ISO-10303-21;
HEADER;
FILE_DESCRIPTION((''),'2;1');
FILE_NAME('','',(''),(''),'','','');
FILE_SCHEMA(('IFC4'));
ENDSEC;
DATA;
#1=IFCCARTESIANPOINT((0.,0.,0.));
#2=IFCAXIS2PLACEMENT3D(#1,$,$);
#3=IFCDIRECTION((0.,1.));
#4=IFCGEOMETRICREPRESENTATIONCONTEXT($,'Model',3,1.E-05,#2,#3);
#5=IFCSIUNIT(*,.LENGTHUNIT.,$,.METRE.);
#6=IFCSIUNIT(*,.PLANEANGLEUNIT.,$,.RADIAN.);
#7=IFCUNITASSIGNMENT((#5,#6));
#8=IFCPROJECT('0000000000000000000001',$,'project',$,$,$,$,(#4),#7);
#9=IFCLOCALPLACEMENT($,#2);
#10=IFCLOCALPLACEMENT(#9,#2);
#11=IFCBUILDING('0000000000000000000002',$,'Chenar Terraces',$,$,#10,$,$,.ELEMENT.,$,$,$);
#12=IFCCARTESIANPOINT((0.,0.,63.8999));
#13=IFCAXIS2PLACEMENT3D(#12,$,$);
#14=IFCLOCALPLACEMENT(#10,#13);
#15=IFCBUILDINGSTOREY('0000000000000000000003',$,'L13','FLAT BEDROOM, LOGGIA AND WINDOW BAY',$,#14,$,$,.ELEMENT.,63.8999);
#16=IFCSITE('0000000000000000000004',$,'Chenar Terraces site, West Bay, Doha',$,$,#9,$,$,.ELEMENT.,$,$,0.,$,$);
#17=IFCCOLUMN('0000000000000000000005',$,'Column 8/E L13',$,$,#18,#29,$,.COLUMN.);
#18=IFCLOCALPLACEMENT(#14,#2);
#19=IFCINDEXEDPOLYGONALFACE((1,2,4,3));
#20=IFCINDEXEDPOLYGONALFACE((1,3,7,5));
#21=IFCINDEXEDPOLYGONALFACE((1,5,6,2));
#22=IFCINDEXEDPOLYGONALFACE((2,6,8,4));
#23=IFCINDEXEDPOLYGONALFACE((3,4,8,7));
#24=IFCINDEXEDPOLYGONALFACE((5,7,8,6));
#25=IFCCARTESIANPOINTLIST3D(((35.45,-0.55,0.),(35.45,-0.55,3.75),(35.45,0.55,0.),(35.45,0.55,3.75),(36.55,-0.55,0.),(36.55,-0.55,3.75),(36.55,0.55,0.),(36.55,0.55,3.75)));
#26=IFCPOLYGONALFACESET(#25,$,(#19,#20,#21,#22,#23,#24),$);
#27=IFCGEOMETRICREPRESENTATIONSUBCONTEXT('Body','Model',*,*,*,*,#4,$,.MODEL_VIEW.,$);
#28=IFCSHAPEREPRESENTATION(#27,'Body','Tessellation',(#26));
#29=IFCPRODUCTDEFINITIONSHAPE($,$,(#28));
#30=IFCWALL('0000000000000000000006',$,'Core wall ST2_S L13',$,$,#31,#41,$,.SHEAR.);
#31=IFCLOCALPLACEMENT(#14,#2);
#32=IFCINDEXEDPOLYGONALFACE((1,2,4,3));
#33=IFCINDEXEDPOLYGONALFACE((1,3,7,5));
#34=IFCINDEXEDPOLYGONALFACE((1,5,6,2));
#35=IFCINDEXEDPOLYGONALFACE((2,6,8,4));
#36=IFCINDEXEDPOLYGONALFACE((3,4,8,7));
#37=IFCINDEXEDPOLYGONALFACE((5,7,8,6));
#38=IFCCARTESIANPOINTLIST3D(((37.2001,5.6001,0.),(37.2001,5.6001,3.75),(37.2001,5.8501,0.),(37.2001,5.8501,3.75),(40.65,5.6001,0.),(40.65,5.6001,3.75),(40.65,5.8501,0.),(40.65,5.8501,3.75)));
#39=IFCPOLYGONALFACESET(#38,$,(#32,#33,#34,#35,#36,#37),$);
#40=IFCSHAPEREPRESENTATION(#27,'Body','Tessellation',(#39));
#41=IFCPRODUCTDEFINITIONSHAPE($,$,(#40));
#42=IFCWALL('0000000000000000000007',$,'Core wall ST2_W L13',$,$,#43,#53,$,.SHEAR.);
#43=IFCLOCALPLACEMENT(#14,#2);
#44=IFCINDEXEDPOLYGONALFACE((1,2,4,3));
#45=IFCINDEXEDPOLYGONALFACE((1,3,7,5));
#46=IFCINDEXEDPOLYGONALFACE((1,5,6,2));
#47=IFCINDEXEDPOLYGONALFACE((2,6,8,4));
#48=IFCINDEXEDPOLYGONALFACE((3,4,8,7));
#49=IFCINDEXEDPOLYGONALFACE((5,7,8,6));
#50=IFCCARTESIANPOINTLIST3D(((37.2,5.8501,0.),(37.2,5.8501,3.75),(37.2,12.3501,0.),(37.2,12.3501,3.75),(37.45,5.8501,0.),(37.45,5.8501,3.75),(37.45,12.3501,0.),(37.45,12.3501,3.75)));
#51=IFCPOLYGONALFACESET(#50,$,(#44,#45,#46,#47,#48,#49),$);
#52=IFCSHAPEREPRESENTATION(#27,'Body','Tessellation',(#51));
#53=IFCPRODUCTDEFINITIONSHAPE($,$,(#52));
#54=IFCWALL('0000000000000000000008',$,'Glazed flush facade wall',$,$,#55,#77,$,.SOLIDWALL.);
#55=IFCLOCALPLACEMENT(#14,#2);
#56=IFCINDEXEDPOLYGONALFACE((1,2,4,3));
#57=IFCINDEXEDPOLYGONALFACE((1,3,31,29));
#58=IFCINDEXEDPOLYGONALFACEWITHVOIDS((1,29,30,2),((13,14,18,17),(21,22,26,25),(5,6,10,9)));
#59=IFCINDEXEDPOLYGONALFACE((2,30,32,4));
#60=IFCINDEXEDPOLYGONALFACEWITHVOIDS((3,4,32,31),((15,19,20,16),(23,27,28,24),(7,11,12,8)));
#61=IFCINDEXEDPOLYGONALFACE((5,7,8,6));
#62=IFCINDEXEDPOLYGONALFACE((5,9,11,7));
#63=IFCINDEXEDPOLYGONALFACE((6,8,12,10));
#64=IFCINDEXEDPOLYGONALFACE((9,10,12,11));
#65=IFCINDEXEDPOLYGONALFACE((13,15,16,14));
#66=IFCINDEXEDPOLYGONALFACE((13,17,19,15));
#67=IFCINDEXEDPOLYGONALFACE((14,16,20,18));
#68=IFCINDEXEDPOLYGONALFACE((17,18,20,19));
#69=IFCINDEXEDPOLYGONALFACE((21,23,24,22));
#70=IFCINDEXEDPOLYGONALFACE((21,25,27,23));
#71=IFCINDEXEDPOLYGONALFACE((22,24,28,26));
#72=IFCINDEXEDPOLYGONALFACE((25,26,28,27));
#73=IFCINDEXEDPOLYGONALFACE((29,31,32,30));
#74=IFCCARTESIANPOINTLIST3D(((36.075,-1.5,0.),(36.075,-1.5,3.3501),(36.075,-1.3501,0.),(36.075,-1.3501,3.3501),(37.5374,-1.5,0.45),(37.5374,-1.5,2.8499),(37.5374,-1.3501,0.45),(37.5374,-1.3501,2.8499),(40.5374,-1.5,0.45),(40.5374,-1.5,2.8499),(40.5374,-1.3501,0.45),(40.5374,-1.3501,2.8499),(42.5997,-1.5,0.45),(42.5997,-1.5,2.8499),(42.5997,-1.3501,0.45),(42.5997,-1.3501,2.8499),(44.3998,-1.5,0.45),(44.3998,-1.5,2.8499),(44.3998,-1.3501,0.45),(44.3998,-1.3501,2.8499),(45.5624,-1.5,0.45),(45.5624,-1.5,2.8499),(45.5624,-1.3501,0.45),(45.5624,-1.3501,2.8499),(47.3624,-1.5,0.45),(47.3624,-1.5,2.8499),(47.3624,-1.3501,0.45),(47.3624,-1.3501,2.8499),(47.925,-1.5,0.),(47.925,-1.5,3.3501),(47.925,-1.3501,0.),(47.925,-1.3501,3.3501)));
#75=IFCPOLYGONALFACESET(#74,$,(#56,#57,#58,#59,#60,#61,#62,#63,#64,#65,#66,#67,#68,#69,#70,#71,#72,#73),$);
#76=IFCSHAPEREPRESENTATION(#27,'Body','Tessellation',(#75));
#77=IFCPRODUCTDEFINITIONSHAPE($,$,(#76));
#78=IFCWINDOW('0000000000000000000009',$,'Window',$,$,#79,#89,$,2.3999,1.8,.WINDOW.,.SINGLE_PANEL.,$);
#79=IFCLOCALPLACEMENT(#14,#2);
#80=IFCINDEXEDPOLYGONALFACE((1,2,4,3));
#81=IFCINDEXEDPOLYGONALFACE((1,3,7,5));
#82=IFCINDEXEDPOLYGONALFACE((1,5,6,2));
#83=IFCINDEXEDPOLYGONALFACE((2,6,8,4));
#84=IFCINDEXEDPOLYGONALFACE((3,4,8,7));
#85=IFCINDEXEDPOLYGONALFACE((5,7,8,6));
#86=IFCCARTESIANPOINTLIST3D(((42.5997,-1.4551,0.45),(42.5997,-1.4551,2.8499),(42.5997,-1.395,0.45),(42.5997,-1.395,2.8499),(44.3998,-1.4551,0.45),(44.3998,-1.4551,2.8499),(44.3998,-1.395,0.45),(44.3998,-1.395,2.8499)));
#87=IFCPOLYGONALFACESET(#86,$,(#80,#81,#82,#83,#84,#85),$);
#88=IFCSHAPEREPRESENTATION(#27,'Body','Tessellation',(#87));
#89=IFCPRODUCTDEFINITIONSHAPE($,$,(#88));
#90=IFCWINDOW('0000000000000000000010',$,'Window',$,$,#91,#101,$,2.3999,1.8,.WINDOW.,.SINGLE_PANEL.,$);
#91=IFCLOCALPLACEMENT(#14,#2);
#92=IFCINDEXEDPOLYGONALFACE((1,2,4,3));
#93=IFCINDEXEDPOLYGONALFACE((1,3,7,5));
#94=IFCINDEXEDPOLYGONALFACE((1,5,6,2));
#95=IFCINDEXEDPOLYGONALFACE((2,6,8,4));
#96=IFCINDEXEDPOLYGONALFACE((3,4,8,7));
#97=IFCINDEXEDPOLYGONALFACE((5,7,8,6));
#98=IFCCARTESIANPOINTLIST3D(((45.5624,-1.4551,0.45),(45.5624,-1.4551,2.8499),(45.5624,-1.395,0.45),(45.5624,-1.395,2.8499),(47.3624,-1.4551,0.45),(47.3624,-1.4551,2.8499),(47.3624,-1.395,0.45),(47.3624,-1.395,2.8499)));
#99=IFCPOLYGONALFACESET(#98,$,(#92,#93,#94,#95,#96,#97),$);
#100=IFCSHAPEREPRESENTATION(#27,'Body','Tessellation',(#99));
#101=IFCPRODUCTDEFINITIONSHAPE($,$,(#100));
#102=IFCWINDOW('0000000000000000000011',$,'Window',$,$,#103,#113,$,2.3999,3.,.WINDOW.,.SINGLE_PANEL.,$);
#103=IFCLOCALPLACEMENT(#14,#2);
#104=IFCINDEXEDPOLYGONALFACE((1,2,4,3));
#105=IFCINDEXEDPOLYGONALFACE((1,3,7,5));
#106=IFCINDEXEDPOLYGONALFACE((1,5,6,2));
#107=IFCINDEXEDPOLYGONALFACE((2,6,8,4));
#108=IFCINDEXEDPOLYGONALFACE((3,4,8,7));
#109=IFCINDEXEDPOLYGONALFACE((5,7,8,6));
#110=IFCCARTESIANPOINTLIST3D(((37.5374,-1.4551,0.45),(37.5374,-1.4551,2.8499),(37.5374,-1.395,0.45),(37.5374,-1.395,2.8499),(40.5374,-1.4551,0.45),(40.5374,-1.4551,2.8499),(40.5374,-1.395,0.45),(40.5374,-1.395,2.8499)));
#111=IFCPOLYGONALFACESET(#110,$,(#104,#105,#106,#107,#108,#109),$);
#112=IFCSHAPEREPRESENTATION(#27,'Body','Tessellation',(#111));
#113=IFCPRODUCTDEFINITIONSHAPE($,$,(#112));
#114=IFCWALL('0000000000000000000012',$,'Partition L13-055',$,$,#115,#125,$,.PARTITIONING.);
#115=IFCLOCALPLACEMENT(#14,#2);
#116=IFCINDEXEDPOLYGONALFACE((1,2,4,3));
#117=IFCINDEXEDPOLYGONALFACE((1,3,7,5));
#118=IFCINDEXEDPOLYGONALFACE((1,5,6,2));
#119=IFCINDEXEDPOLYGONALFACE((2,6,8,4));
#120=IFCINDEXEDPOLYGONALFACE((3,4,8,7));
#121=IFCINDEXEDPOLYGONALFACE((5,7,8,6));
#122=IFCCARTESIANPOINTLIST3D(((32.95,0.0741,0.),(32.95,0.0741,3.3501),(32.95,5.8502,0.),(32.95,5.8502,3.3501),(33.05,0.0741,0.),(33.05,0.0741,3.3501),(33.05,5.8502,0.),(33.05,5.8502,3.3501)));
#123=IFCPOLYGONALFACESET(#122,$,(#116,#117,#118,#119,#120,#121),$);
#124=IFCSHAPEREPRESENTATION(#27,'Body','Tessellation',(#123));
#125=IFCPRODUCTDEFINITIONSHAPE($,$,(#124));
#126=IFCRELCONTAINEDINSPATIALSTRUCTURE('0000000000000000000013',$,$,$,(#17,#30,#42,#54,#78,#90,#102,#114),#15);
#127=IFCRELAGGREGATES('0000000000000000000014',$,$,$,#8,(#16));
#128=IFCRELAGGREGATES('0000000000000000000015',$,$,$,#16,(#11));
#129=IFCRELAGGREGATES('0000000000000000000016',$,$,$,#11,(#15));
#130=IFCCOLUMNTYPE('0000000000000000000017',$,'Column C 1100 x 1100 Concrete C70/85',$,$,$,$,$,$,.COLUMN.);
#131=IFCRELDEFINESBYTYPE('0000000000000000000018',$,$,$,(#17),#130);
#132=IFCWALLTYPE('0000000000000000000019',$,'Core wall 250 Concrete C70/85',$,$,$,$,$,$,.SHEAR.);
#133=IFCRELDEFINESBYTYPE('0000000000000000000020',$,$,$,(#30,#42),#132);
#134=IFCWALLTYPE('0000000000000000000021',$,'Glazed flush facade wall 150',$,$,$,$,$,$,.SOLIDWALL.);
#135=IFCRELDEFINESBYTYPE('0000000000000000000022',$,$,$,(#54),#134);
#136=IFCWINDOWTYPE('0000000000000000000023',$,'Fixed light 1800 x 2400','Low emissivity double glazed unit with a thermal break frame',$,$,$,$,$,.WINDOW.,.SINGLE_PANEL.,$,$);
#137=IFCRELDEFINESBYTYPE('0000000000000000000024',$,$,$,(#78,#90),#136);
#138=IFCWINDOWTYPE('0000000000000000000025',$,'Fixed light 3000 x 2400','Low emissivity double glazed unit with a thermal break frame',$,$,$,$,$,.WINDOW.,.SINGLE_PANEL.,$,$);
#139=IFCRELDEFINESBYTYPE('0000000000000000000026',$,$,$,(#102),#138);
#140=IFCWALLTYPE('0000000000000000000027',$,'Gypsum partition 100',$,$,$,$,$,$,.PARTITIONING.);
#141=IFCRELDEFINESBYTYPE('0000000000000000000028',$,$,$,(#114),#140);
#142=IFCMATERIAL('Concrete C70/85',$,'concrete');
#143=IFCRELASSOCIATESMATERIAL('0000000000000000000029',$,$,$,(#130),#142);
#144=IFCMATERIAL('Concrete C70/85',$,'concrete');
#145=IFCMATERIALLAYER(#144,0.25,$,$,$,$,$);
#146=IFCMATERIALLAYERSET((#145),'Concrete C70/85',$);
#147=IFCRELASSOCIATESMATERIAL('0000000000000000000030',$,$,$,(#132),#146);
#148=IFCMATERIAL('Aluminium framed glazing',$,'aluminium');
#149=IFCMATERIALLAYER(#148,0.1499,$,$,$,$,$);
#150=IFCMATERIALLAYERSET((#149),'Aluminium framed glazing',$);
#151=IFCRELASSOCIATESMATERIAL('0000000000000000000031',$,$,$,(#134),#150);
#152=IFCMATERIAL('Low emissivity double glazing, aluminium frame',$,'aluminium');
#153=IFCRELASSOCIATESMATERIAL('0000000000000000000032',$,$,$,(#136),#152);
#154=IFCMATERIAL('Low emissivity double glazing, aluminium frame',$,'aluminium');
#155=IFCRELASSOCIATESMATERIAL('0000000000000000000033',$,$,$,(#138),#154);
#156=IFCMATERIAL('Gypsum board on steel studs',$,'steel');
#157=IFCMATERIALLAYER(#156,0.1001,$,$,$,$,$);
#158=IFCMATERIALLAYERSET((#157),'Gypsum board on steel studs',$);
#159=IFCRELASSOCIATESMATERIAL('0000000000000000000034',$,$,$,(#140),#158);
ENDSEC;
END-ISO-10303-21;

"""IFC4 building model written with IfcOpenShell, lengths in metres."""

from ifc_helpers import new_model, si_unit, direction, frame, frame_2d, origin, origin_2d, place, context, subcontext, project, spatial, rectangle, extrude, material, layer, layer_set, material_profile, profile_set, type_object, element, fill, save


model = new_model("IFC4")

# Units and contexts
model_context = context("Model", 3, precision=1e-05, world=origin(), true_north=direction((0.0, 1.0)))
body_context = subcontext(model_context, "Body", "Model", "MODEL_VIEW")
ifc_project = project(units=[si_unit("LENGTHUNIT", "METRE"), si_unit("PLANEANGLEUNIT", "RADIAN")], contexts=[model_context])

# Site, building, storey
site_placement = place(None, origin())
site = spatial("IfcSite", under=ifc_project, at=site_placement, Name="Chenar Terraces site, West Bay, Doha", CompositionType="ELEMENT", RefElevation=0.0)
building_placement = place(site_placement, origin())
building = spatial("IfcBuilding", under=site, at=building_placement, Name="Chenar Terraces", CompositionType="ELEMENT")
storey_placement = place(building_placement, frame((0.0, 0.0, 63.8999)))
storey = spatial("IfcBuildingStorey", under=building, at=storey_placement, Name="L13", Description="FLAT BEDROOM, LOGGIA AND WINDOW BAY", CompositionType="ELEMENT", Elevation=63.8999)

# Column
ifc_material_1 = material(Name="Concrete C70/85", Category="concrete")
ifc_material_profile_1 = material_profile(ifc_material_1, rectangle(XDim=1.1001, YDim=1.1001, at=origin_2d()), Name="C 1100 x 1100")
ifc_profile_set_1 = profile_set([ifc_material_profile_1], Name="Concrete C70/85")
column_type = type_object("IfcColumnType", Name="Column C 1100 x 1100 Concrete C70/85", PredefinedType="COLUMN", material=ifc_profile_set_1)
column_placement = place(storey_placement, frame((36.0, 0.0, 0.0), z_axis=(0.0, 0.0, 1.0), x_axis=(1.0, 0.0, 0.0)))
element("IfcColumn", 1, at=column_placement, inside=storey, type_object=column_type, Name="Column 8/E L13", PredefinedType="COLUMN", context=body_context, shape_type="SweptSolid", body=[
    extrude(rectangle(XDim=1.1001, YDim=1.1001, at=origin_2d()), origin(), (0.0, 0.0, 1.0), 3.75),
])

# Walls
ifc_material_2 = material(Name="Concrete C70/85", Category="concrete")
ifc_layer_1 = layer(ifc_material_2, 0.25)
ifc_layer_set_1 = layer_set([ifc_layer_1], Name="Concrete C70/85")
wall_type_1 = type_object("IfcWallType", Name="Core wall 250 Concrete C70/85", PredefinedType="SHEAR", material=ifc_layer_set_1)
wall_1_placement = place(storey_placement, frame((37.2, 5.7251, 0.0), z_axis=(0.0, 0.0, 1.0), x_axis=(1.0, 0.0, 0.0)))
element("IfcWall", 2, at=wall_1_placement, inside=storey, type_object=wall_type_1, Name="Core wall ST2_S L13", PredefinedType="SHEAR", context=body_context, shape_type="SweptSolid", body=[
    extrude(rectangle(XDim=3.45, YDim=0.25, at=frame_2d((1.7251, 0.0))), origin(), (0.0, 0.0, 1.0), 3.75),
])
wall_2_placement = place(storey_placement, frame((37.325, 5.8501, 0.0), z_axis=(0.0, 0.0, 1.0), x_axis=(0.0, 1.0, 0.0)))
element("IfcWall", 3, at=wall_2_placement, inside=storey, type_object=wall_type_1, Name="Core wall ST2_W L13", PredefinedType="SHEAR", context=body_context, shape_type="SweptSolid", body=[
    extrude(rectangle(XDim=6.5, YDim=0.25, at=frame_2d((3.25, 0.0))), origin(), (0.0, 0.0, 1.0), 3.75),
])

# Wall, openings, windows
ifc_material_3 = material(Name="Aluminium framed glazing", Category="aluminium")
ifc_layer_2 = layer(ifc_material_3, 0.1499)
ifc_layer_set_2 = layer_set([ifc_layer_2], Name="Aluminium framed glazing")
wall_type_2 = type_object("IfcWallType", Name="Glazed flush facade wall 150", PredefinedType="SOLIDWALL", material=ifc_layer_set_2)
wall_3_placement = place(storey_placement, frame((36.075, -1.425, 0.0), z_axis=(0.0, 0.0, 1.0), x_axis=(1.0, 0.0, 0.0)))
wall_3 = element("IfcWall", 4, at=wall_3_placement, inside=storey, type_object=wall_type_2, Name="Glazed flush facade wall", PredefinedType="SOLIDWALL", context=body_context, shape_type="SweptSolid", body=[
    extrude(rectangle(XDim=11.8501, YDim=0.1499, at=frame_2d((5.925, 0.0))), origin(), (0.0, 0.0, 1.0), 3.3501),
])
opening_1_placement = place(wall_3_placement, frame((1.4624, 0.0, 0.45)))
opening_1 = element("IfcOpeningElement", 5, at=opening_1_placement, cuts=wall_3, PredefinedType="OPENING", context=body_context, shape_type="SweptSolid", body=[
    extrude(rectangle(XDim=3.0, YDim=2.3999, at=frame_2d((1.5, 1.2))), frame((0.0, 0.085, 0.0), z_axis=(0.0, -1.0, 0.0), x_axis=(1.0, 0.0, 0.0)), (0.0, 0.0, 1.0), 0.1699),
])
opening_2_placement = place(wall_3_placement, frame((6.5249, 0.0, 0.45)))
opening_2 = element("IfcOpeningElement", 6, at=opening_2_placement, cuts=wall_3, PredefinedType="OPENING", context=body_context, shape_type="SweptSolid", body=[
    extrude(rectangle(XDim=1.8, YDim=2.3999, at=frame_2d((0.8999, 1.2))), frame((0.0, 0.085, 0.0), z_axis=(0.0, -1.0, 0.0), x_axis=(1.0, 0.0, 0.0)), (0.0, 0.0, 1.0), 0.1699),
])
opening_3_placement = place(wall_3_placement, frame((9.4875, 0.0, 0.45)))
opening_3 = element("IfcOpeningElement", 7, at=opening_3_placement, cuts=wall_3, PredefinedType="OPENING", context=body_context, shape_type="SweptSolid", body=[
    extrude(rectangle(XDim=1.8, YDim=2.3999, at=frame_2d((0.8999, 1.2))), frame((0.0, 0.085, 0.0), z_axis=(0.0, -1.0, 0.0), x_axis=(1.0, 0.0, 0.0)), (0.0, 0.0, 1.0), 0.1699),
])
ifc_material_4 = material(Name="Low emissivity double glazing, aluminium frame", Category="aluminium")
window_type_1 = type_object("IfcWindowType", Name="Fixed light 1800 x 2400", Description="Low emissivity double glazed unit with a thermal break frame", PartitioningType="SINGLE_PANEL", PredefinedType="WINDOW", material=ifc_material_4)
window_1_placement = place(opening_2_placement, origin())
window_1 = element("IfcWindow", 8, at=window_1_placement, inside=storey, type_object=window_type_1, Name="Window", OverallHeight=2.3999, OverallWidth=1.8, PartitioningType="SINGLE_PANEL", PredefinedType="WINDOW", context=body_context, shape_type="SweptSolid", body=[
    extrude(rectangle(XDim=1.8, YDim=2.3999, at=frame_2d((0.8999, 1.2))), frame((0.0, 0.03, 0.0), z_axis=(0.0, -1.0, 0.0), x_axis=(1.0, 0.0, 0.0)), (0.0, 0.0, 1.0), 0.0601),
])
fill(opening_2, window_1)
window_2_placement = place(opening_3_placement, origin())
window_2 = element("IfcWindow", 9, at=window_2_placement, inside=storey, type_object=window_type_1, Name="Window", OverallHeight=2.3999, OverallWidth=1.8, PartitioningType="SINGLE_PANEL", PredefinedType="WINDOW", context=body_context, shape_type="SweptSolid", body=[
    extrude(rectangle(XDim=1.8, YDim=2.3999, at=frame_2d((0.8999, 1.2))), frame((0.0, 0.03, 0.0), z_axis=(0.0, -1.0, 0.0), x_axis=(1.0, 0.0, 0.0)), (0.0, 0.0, 1.0), 0.0601),
])
fill(opening_3, window_2)
ifc_material_5 = material(Name="Low emissivity double glazing, aluminium frame", Category="aluminium")
window_type_2 = type_object("IfcWindowType", Name="Fixed light 3000 x 2400", Description="Low emissivity double glazed unit with a thermal break frame", PartitioningType="SINGLE_PANEL", PredefinedType="WINDOW", material=ifc_material_5)
window_3_placement = place(opening_1_placement, origin())
window_3 = element("IfcWindow", 10, at=window_3_placement, inside=storey, type_object=window_type_2, Name="Window", OverallHeight=2.3999, OverallWidth=3.0, PartitioningType="SINGLE_PANEL", PredefinedType="WINDOW", context=body_context, shape_type="SweptSolid", body=[
    extrude(rectangle(XDim=3.0, YDim=2.3999, at=frame_2d((1.5, 1.2))), frame((0.0, 0.03, 0.0), z_axis=(0.0, -1.0, 0.0), x_axis=(1.0, 0.0, 0.0)), (0.0, 0.0, 1.0), 0.0601),
])
fill(opening_1, window_3)

# Wall
ifc_material_6 = material(Name="Gypsum board on steel studs", Category="steel")
ifc_layer_3 = layer(ifc_material_6, 0.1001)
ifc_layer_set_3 = layer_set([ifc_layer_3], Name="Gypsum board on steel studs")
wall_type_3 = type_object("IfcWallType", Name="Gypsum partition 100", PredefinedType="PARTITIONING", material=ifc_layer_set_3)
wall_4_placement = place(storey_placement, frame((33.0, 0.074, 0.0), z_axis=(0.0, 0.0, 1.0), x_axis=(0.0, 1.0, 0.0)))
element("IfcWall", 11, at=wall_4_placement, inside=storey, type_object=wall_type_3, Name="Partition L13-055", PredefinedType="PARTITIONING", context=body_context, shape_type="SweptSolid", body=[
    extrude(rectangle(XDim=5.7761, YDim=0.1001, at=frame_2d((2.8882, 0.0))), origin(), (0.0, 0.0, 1.0), 3.3501),
])

save(model, "model.ifc")
